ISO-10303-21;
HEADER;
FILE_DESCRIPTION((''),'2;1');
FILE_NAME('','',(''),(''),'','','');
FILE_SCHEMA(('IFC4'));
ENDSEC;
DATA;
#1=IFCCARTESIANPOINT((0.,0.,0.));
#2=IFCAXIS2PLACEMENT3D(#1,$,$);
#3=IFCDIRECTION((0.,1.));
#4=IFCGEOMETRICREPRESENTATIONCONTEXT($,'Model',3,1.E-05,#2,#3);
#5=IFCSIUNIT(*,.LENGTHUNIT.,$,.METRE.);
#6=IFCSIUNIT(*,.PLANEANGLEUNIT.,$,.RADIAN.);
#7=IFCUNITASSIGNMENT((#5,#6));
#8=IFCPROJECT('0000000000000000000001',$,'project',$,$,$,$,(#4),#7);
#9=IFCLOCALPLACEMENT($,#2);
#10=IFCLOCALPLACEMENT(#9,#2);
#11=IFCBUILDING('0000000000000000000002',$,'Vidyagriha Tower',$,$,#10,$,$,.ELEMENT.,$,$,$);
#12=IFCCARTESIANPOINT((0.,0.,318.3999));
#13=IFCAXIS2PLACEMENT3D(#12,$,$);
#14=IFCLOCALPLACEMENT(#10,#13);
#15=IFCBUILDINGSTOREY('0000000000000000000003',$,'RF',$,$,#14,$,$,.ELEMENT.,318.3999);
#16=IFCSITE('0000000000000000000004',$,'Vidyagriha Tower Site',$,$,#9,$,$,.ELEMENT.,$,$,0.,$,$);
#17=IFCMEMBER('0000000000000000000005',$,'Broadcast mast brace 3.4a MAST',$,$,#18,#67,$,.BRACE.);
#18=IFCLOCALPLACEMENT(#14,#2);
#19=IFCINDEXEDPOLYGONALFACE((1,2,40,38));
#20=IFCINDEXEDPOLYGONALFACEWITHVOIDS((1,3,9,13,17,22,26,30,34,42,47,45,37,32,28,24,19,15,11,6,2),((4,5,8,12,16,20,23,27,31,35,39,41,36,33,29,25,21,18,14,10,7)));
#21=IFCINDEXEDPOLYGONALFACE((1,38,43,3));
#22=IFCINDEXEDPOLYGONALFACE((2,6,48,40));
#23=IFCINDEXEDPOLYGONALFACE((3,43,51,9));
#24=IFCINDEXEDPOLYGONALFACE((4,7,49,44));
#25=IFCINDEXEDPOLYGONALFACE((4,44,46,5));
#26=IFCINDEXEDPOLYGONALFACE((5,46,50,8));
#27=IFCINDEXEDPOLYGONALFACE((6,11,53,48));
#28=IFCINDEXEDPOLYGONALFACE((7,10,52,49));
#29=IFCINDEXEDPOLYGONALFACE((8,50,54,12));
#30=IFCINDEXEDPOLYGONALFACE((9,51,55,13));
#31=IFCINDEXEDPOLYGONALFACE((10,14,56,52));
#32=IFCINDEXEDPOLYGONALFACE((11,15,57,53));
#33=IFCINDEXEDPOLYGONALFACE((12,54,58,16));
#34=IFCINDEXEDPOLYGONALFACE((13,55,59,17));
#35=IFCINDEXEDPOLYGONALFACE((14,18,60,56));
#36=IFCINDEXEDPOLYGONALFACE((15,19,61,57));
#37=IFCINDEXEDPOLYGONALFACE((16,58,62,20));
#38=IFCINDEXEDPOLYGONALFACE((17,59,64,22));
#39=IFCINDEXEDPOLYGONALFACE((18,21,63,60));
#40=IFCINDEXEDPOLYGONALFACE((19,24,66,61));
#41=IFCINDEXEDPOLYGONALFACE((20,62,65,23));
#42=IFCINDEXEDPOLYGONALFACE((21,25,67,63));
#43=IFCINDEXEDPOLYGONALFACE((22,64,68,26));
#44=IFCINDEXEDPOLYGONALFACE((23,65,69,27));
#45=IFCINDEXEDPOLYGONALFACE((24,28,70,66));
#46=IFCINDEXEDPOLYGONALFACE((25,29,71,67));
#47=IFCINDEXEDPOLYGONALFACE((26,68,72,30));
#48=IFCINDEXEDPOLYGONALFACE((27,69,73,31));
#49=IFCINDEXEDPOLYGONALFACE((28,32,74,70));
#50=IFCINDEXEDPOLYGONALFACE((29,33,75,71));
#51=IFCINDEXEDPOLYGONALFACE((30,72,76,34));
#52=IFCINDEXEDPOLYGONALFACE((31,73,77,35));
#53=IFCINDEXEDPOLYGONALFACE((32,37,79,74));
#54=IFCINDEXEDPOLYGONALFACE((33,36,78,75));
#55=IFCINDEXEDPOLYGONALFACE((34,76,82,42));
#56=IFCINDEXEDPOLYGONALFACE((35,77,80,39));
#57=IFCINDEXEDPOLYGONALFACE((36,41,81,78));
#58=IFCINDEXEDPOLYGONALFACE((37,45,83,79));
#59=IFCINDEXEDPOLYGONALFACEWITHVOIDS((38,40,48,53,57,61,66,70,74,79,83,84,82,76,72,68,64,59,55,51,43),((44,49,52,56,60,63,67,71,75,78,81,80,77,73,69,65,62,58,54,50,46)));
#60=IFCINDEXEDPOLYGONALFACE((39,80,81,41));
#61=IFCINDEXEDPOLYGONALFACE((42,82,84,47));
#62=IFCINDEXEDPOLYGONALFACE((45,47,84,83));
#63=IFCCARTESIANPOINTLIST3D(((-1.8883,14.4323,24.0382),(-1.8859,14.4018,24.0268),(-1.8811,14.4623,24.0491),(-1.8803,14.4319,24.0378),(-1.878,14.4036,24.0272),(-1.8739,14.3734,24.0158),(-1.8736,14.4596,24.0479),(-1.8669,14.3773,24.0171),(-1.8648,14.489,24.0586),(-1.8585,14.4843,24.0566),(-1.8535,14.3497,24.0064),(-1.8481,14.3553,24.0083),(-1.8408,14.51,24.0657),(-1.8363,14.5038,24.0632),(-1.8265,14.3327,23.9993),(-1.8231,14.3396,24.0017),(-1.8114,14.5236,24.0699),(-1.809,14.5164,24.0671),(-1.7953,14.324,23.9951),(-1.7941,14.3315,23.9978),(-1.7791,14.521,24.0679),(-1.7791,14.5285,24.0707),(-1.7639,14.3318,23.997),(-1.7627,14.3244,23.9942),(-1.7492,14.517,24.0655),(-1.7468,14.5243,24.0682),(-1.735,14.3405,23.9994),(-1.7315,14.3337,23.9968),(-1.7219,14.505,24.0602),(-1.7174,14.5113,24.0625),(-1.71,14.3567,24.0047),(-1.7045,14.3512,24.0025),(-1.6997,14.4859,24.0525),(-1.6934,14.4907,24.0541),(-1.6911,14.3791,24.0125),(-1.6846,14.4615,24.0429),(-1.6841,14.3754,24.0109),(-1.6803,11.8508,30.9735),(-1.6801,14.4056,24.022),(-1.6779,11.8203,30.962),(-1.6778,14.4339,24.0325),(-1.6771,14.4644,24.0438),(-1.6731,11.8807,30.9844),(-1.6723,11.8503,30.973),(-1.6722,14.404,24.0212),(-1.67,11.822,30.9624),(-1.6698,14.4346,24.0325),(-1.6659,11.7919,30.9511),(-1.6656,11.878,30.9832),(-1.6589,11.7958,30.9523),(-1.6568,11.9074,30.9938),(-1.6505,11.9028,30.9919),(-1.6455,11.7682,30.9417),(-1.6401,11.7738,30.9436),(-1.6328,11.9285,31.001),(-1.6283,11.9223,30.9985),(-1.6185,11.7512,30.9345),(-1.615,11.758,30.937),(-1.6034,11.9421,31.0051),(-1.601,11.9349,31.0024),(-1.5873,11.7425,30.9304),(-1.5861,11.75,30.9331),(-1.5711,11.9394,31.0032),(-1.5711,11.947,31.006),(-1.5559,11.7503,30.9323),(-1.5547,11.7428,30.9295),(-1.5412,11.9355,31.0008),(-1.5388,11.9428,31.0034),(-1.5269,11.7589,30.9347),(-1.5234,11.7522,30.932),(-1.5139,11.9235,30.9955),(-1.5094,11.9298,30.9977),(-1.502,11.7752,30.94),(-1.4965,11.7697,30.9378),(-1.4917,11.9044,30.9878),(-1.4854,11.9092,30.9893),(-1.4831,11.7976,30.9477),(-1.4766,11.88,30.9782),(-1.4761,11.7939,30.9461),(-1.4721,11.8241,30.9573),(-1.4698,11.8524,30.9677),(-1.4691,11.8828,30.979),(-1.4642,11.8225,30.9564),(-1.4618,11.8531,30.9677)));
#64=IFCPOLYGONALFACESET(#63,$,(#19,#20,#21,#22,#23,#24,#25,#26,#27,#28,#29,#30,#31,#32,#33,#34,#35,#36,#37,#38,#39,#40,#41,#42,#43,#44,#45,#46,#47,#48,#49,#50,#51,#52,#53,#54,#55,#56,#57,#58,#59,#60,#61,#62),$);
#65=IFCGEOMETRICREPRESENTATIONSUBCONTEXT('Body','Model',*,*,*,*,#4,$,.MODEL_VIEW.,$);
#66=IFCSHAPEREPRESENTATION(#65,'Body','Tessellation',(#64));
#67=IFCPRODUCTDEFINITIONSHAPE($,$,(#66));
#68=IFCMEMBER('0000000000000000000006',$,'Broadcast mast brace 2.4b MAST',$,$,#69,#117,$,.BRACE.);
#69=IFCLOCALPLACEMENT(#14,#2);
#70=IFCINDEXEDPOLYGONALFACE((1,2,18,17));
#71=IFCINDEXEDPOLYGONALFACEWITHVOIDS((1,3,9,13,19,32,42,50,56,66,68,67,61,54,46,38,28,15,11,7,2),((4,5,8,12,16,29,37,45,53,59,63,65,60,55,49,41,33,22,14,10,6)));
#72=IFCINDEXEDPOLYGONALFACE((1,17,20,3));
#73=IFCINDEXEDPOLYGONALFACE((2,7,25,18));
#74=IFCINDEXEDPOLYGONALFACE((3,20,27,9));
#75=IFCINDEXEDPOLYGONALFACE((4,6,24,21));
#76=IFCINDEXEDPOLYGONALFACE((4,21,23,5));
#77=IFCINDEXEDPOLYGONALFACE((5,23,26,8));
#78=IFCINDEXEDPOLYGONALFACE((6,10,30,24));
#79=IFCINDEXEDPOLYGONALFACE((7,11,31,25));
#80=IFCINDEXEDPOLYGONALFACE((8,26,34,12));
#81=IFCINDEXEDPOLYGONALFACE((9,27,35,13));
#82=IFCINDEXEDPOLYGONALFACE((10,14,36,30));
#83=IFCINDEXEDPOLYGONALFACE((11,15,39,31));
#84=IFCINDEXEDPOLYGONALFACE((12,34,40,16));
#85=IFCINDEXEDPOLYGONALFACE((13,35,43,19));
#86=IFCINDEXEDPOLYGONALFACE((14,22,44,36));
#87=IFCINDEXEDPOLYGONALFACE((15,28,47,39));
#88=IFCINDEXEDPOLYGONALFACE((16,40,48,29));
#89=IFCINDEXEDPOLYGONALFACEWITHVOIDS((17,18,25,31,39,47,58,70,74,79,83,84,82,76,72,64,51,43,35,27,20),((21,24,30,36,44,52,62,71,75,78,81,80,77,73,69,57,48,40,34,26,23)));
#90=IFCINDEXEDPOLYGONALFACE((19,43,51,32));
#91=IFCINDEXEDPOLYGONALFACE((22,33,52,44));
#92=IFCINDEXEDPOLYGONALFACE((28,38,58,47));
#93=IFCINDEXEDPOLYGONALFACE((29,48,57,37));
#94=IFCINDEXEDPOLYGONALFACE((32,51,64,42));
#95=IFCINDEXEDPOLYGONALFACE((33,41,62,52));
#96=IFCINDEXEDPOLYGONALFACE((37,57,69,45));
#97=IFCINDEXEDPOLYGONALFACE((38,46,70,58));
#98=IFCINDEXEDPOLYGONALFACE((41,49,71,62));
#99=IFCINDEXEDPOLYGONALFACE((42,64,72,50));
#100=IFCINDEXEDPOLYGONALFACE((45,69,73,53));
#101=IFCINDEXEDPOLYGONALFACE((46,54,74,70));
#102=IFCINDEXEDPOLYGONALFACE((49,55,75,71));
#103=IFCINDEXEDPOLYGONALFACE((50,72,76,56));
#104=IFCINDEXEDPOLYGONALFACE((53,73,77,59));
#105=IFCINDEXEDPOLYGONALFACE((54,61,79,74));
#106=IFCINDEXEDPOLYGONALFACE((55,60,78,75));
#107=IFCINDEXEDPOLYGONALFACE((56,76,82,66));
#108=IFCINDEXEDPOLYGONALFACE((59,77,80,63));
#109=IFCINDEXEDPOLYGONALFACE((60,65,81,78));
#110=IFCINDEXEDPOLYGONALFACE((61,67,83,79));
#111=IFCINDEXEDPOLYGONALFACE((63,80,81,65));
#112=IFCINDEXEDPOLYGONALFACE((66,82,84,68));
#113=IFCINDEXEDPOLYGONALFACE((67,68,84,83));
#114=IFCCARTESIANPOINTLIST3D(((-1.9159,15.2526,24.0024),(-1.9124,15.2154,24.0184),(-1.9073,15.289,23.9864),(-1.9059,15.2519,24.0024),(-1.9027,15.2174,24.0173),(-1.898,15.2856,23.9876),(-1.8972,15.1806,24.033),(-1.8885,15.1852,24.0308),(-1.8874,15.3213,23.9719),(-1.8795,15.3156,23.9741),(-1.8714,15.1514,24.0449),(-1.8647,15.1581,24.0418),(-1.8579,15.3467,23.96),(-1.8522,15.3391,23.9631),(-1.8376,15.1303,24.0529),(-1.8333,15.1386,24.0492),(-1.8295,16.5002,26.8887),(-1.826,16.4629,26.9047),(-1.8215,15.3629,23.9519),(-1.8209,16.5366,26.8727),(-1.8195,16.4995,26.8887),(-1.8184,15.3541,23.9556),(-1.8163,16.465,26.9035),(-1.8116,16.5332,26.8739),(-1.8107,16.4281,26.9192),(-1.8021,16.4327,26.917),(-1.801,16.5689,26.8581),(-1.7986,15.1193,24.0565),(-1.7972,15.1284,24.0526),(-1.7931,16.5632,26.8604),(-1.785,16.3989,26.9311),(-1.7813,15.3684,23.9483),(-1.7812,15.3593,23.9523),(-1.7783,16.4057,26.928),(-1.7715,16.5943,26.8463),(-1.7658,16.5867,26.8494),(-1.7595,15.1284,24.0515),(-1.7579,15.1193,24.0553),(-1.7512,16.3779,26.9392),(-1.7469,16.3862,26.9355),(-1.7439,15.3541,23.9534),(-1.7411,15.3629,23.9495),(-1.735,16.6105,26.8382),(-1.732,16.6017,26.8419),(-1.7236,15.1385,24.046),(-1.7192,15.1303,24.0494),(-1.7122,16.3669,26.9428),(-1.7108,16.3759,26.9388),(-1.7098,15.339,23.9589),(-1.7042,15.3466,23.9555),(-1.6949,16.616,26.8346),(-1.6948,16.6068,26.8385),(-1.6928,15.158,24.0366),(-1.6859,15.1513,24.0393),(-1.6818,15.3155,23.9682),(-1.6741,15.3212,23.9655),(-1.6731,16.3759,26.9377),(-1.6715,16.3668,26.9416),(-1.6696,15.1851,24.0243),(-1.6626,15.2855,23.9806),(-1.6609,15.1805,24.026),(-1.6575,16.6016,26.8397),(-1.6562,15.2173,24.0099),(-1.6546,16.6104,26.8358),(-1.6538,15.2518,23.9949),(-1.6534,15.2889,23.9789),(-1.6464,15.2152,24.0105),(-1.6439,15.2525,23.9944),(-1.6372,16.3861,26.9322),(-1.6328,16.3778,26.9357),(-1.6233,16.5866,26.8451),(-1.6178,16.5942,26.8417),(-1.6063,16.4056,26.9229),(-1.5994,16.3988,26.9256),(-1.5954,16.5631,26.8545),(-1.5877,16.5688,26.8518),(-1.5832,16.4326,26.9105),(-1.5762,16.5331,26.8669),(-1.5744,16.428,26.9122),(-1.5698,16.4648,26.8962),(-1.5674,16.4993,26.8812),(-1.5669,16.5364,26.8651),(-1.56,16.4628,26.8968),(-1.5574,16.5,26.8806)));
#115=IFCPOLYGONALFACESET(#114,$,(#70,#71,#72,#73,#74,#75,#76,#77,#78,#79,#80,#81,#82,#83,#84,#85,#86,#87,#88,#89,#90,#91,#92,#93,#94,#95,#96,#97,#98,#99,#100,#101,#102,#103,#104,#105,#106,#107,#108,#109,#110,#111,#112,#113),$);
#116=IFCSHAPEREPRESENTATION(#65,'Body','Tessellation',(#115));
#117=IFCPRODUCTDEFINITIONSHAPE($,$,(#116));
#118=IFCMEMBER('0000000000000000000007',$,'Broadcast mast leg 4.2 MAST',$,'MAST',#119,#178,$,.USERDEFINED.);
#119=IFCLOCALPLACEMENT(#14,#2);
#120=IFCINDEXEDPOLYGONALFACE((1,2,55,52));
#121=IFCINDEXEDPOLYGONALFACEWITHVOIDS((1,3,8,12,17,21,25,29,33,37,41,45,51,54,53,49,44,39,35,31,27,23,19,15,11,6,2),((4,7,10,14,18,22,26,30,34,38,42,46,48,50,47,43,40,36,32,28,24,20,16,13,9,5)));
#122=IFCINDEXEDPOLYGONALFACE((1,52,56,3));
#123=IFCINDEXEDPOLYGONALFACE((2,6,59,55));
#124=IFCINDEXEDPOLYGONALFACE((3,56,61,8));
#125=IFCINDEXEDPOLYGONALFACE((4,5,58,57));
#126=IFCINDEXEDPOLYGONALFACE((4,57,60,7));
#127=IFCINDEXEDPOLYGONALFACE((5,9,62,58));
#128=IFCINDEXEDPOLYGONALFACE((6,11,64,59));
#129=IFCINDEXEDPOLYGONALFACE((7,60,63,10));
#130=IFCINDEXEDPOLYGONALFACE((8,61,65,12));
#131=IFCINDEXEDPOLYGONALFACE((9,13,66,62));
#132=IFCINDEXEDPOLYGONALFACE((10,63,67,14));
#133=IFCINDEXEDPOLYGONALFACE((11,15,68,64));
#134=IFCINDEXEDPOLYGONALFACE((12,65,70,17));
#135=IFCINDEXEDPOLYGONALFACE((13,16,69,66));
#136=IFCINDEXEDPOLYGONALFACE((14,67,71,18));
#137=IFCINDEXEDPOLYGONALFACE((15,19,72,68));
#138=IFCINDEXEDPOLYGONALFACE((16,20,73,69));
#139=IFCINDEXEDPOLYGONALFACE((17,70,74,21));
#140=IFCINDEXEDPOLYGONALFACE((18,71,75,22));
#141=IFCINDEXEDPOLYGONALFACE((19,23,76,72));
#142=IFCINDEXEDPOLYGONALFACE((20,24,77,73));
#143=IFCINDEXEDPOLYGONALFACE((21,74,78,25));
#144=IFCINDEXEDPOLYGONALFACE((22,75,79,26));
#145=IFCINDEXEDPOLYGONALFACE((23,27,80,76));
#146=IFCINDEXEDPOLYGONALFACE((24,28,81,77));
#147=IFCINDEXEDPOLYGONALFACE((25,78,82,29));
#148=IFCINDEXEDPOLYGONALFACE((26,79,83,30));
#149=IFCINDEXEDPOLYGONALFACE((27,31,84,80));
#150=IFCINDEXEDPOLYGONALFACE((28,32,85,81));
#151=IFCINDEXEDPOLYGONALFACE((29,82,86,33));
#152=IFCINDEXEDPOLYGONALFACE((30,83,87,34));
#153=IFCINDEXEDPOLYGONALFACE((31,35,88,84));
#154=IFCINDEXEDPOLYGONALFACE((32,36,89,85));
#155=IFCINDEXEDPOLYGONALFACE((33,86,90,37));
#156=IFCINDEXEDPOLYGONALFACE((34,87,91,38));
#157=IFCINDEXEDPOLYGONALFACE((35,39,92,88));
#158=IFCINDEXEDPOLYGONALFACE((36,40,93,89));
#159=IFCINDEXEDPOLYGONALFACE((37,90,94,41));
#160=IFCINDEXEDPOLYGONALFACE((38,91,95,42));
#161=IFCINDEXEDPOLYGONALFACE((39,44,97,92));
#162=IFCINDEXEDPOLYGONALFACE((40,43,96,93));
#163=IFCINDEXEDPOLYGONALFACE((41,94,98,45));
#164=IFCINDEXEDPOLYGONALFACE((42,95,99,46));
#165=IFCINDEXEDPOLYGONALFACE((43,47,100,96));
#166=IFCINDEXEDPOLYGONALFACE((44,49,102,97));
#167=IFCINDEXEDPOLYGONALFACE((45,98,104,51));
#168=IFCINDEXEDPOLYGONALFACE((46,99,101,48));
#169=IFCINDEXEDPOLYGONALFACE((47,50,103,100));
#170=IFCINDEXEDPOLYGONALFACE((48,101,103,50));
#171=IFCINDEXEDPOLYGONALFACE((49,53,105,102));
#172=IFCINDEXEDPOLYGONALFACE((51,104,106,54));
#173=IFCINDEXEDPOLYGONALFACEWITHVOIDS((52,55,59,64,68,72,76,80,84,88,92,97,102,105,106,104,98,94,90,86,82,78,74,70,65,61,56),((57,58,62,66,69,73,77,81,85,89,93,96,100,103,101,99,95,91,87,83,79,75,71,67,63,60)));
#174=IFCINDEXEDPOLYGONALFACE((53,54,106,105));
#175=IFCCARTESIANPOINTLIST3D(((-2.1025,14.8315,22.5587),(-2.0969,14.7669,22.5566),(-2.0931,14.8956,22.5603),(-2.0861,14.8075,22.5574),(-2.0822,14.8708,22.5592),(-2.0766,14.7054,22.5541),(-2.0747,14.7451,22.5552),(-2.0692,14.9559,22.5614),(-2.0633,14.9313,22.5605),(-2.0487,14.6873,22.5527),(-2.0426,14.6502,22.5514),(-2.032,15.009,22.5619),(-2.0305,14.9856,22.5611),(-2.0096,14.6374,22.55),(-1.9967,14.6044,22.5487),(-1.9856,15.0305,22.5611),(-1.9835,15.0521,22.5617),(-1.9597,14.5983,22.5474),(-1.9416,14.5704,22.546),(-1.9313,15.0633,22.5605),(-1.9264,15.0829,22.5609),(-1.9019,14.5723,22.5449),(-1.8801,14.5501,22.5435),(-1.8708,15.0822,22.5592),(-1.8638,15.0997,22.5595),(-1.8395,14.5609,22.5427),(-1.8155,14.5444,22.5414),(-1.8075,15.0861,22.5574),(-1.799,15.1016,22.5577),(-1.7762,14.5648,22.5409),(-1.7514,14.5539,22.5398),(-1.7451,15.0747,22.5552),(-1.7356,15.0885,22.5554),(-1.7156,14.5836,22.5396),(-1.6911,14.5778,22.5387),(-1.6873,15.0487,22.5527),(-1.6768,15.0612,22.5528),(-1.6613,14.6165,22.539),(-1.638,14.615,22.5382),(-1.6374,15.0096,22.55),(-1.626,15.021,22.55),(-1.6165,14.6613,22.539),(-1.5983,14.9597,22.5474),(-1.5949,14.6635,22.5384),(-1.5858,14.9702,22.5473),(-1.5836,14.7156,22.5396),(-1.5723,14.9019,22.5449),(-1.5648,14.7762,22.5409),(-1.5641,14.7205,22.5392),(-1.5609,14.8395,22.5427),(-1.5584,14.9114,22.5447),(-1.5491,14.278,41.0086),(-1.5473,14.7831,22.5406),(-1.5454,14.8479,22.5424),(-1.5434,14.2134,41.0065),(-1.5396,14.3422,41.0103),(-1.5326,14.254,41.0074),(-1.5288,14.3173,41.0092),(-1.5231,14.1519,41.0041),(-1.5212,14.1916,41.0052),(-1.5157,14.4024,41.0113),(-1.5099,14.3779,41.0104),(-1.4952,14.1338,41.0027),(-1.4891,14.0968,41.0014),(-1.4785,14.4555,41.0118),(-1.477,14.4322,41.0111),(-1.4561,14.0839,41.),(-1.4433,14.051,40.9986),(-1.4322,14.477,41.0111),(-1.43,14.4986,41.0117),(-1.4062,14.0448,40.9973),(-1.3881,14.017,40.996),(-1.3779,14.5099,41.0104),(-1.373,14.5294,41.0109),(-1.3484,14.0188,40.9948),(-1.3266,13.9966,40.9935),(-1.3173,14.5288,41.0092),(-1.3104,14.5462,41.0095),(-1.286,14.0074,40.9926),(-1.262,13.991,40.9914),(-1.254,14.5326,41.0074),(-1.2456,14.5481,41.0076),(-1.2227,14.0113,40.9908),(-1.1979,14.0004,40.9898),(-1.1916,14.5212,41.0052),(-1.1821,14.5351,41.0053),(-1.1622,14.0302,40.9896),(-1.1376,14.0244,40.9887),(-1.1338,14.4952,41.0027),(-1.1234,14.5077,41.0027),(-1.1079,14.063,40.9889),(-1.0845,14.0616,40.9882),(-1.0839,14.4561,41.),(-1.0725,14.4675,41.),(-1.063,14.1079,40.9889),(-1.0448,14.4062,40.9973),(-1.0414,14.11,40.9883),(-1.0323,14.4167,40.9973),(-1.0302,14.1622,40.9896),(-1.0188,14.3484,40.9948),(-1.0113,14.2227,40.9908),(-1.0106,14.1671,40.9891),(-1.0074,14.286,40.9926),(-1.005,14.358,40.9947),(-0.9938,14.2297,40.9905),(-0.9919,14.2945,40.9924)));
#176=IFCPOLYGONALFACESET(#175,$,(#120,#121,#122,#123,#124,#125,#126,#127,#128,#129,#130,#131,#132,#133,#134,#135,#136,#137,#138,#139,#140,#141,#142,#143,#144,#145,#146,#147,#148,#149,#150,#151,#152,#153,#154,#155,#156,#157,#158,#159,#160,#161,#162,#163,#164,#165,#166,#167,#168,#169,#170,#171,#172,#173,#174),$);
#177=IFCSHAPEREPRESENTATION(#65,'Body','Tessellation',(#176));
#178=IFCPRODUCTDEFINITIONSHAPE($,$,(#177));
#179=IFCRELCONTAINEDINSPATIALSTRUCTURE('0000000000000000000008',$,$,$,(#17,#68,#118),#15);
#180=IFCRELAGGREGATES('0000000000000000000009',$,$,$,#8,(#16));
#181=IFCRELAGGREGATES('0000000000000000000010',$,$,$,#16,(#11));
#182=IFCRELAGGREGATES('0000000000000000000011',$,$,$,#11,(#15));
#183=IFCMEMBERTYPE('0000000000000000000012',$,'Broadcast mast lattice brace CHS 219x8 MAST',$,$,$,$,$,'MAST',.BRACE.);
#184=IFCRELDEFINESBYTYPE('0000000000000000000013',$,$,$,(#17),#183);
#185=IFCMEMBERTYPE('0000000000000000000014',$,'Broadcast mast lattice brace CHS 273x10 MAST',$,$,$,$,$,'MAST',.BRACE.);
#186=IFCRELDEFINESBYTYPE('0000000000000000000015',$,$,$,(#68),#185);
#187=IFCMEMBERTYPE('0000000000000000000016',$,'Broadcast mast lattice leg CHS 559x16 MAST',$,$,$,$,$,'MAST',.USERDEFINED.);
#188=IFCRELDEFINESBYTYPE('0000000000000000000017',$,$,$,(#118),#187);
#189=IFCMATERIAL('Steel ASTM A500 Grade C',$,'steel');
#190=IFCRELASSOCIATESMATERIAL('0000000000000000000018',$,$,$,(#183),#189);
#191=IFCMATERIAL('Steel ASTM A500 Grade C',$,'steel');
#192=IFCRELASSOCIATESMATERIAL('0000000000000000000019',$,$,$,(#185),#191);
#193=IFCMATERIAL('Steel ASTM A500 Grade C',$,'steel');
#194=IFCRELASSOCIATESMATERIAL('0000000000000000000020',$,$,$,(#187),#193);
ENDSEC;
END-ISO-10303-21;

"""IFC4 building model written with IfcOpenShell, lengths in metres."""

from ifc_helpers import new_model, si_unit, direction, frame, origin, origin_2d, place, context, subcontext, project, spatial, hollow_circle, extrude, material, material_profile, profile_set, type_object, element, save


model = new_model("IFC4")

# Units and contexts
model_context = context("Model", 3, precision=1e-05, world=origin(), true_north=direction((0.0, 1.0)))
body_context = subcontext(model_context, "Body", "Model", "MODEL_VIEW")
ifc_project = project(units=[si_unit("LENGTHUNIT", "METRE"), si_unit("PLANEANGLEUNIT", "RADIAN")], contexts=[model_context])

# Site, building, storey
site_placement = place(None, origin())
site = spatial("IfcSite", under=ifc_project, at=site_placement, Name="Vidyagriha Tower Site", CompositionType="ELEMENT", RefElevation=0.0)
building_placement = place(site_placement, origin())
building = spatial("IfcBuilding", under=site, at=building_placement, Name="Vidyagriha Tower", CompositionType="ELEMENT")
storey_placement = place(building_placement, frame((0.0, 0.0, 318.3999)))
storey = spatial("IfcBuildingStorey", under=building, at=storey_placement, Name="RF", CompositionType="ELEMENT", Elevation=318.3999)

# Members
ifc_material_1 = material(Name="Steel ASTM A500 Grade C", Category="steel")
ifc_material_profile_1 = material_profile(ifc_material_1, hollow_circle(Radius=0.1096, WallThickness=0.0081, at=origin_2d()), Name="Broadcast mast lattice brace CHS 219x8 MAST")
ifc_profile_set_1 = profile_set([ifc_material_profile_1], Name="Steel ASTM A500 Grade C")
member_type_1 = type_object("IfcMemberType", Name="Broadcast mast lattice brace CHS 219x8 MAST", ElementType="MAST", PredefinedType="BRACE", material=ifc_profile_set_1)
member_1_placement = place(storey_placement, frame((-1.7791, 14.4258, 24.0325), z_axis=(0.028097, -0.348711, 0.936809), x_axis=(0.99677, 0.080315, 0.0)))
element("IfcMember", 1, at=member_1_placement, inside=storey, type_object=member_type_1, Name="Broadcast mast brace 3.4a MAST", PredefinedType="BRACE", context=body_context, shape_type="SweptSolid", body=[
    extrude(hollow_circle(Radius=0.1096, WallThickness=0.0081, at=origin_2d()), origin(), (0.0, 0.0, 1.0), 7.4031),
])
ifc_material_2 = material(Name="Steel ASTM A500 Grade C", Category="steel")
ifc_material_profile_2 = material_profile(ifc_material_2, hollow_circle(Radius=0.1365, WallThickness=0.01, at=origin_2d()), Name="Broadcast mast lattice brace CHS 273x10 MAST")
ifc_profile_set_2 = profile_set([ifc_material_profile_2], Name="Steel ASTM A500 Grade C")
member_type_2 = type_object("IfcMemberType", Name="Broadcast mast lattice brace CHS 273x10 MAST", ElementType="MAST", PredefinedType="BRACE", material=ifc_profile_set_2)
member_2_placement = place(storey_placement, frame((-1.7798, 15.2432, 24.0024), z_axis=(0.027476, 0.396616, 0.917573), x_axis=(-0.997609, 0.06911, 0.0)))
element("IfcMember", 2, at=member_2_placement, inside=storey, type_object=member_type_2, Name="Broadcast mast brace 2.4b MAST", PredefinedType="BRACE", context=body_context, shape_type="SweptSolid", body=[
    extrude(hollow_circle(Radius=0.1365, WallThickness=0.01, at=origin_2d()), origin(), (0.0, 0.0, 1.0), 3.1455),
])
ifc_material_3 = material(Name="Steel ASTM A500 Grade C", Category="steel")
ifc_material_profile_3 = material_profile(ifc_material_3, hollow_circle(Radius=0.2793, WallThickness=0.0161, at=origin_2d()), Name="Broadcast mast lattice leg CHS 559x16 MAST")
ifc_profile_set_3 = profile_set([ifc_material_profile_3], Name="Steel ASTM A500 Grade C")
member_type_3 = type_object("IfcMemberType", Name="Broadcast mast lattice leg CHS 559x16 MAST", ElementType="MAST", PredefinedType="USERDEFINED", material=ifc_profile_set_3)
member_3_placement = place(storey_placement, frame((-1.8235, 14.8235, 22.55), z_axis=(0.029971, -0.029971, 0.999101), x_axis=(0.707107, 0.707107, 0.0)))
element("IfcMember", 3, at=member_3_placement, inside=storey, type_object=member_type_3, Name="Broadcast mast leg 4.2 MAST", ObjectType="MAST", PredefinedType="USERDEFINED", context=body_context, shape_type="SweptSolid", body=[
    extrude(hollow_circle(Radius=0.2793, WallThickness=0.0161, at=origin_2d()), origin(), (0.0, 0.0, 1.0), 18.4666),
])

save(model, "model.ifc")
